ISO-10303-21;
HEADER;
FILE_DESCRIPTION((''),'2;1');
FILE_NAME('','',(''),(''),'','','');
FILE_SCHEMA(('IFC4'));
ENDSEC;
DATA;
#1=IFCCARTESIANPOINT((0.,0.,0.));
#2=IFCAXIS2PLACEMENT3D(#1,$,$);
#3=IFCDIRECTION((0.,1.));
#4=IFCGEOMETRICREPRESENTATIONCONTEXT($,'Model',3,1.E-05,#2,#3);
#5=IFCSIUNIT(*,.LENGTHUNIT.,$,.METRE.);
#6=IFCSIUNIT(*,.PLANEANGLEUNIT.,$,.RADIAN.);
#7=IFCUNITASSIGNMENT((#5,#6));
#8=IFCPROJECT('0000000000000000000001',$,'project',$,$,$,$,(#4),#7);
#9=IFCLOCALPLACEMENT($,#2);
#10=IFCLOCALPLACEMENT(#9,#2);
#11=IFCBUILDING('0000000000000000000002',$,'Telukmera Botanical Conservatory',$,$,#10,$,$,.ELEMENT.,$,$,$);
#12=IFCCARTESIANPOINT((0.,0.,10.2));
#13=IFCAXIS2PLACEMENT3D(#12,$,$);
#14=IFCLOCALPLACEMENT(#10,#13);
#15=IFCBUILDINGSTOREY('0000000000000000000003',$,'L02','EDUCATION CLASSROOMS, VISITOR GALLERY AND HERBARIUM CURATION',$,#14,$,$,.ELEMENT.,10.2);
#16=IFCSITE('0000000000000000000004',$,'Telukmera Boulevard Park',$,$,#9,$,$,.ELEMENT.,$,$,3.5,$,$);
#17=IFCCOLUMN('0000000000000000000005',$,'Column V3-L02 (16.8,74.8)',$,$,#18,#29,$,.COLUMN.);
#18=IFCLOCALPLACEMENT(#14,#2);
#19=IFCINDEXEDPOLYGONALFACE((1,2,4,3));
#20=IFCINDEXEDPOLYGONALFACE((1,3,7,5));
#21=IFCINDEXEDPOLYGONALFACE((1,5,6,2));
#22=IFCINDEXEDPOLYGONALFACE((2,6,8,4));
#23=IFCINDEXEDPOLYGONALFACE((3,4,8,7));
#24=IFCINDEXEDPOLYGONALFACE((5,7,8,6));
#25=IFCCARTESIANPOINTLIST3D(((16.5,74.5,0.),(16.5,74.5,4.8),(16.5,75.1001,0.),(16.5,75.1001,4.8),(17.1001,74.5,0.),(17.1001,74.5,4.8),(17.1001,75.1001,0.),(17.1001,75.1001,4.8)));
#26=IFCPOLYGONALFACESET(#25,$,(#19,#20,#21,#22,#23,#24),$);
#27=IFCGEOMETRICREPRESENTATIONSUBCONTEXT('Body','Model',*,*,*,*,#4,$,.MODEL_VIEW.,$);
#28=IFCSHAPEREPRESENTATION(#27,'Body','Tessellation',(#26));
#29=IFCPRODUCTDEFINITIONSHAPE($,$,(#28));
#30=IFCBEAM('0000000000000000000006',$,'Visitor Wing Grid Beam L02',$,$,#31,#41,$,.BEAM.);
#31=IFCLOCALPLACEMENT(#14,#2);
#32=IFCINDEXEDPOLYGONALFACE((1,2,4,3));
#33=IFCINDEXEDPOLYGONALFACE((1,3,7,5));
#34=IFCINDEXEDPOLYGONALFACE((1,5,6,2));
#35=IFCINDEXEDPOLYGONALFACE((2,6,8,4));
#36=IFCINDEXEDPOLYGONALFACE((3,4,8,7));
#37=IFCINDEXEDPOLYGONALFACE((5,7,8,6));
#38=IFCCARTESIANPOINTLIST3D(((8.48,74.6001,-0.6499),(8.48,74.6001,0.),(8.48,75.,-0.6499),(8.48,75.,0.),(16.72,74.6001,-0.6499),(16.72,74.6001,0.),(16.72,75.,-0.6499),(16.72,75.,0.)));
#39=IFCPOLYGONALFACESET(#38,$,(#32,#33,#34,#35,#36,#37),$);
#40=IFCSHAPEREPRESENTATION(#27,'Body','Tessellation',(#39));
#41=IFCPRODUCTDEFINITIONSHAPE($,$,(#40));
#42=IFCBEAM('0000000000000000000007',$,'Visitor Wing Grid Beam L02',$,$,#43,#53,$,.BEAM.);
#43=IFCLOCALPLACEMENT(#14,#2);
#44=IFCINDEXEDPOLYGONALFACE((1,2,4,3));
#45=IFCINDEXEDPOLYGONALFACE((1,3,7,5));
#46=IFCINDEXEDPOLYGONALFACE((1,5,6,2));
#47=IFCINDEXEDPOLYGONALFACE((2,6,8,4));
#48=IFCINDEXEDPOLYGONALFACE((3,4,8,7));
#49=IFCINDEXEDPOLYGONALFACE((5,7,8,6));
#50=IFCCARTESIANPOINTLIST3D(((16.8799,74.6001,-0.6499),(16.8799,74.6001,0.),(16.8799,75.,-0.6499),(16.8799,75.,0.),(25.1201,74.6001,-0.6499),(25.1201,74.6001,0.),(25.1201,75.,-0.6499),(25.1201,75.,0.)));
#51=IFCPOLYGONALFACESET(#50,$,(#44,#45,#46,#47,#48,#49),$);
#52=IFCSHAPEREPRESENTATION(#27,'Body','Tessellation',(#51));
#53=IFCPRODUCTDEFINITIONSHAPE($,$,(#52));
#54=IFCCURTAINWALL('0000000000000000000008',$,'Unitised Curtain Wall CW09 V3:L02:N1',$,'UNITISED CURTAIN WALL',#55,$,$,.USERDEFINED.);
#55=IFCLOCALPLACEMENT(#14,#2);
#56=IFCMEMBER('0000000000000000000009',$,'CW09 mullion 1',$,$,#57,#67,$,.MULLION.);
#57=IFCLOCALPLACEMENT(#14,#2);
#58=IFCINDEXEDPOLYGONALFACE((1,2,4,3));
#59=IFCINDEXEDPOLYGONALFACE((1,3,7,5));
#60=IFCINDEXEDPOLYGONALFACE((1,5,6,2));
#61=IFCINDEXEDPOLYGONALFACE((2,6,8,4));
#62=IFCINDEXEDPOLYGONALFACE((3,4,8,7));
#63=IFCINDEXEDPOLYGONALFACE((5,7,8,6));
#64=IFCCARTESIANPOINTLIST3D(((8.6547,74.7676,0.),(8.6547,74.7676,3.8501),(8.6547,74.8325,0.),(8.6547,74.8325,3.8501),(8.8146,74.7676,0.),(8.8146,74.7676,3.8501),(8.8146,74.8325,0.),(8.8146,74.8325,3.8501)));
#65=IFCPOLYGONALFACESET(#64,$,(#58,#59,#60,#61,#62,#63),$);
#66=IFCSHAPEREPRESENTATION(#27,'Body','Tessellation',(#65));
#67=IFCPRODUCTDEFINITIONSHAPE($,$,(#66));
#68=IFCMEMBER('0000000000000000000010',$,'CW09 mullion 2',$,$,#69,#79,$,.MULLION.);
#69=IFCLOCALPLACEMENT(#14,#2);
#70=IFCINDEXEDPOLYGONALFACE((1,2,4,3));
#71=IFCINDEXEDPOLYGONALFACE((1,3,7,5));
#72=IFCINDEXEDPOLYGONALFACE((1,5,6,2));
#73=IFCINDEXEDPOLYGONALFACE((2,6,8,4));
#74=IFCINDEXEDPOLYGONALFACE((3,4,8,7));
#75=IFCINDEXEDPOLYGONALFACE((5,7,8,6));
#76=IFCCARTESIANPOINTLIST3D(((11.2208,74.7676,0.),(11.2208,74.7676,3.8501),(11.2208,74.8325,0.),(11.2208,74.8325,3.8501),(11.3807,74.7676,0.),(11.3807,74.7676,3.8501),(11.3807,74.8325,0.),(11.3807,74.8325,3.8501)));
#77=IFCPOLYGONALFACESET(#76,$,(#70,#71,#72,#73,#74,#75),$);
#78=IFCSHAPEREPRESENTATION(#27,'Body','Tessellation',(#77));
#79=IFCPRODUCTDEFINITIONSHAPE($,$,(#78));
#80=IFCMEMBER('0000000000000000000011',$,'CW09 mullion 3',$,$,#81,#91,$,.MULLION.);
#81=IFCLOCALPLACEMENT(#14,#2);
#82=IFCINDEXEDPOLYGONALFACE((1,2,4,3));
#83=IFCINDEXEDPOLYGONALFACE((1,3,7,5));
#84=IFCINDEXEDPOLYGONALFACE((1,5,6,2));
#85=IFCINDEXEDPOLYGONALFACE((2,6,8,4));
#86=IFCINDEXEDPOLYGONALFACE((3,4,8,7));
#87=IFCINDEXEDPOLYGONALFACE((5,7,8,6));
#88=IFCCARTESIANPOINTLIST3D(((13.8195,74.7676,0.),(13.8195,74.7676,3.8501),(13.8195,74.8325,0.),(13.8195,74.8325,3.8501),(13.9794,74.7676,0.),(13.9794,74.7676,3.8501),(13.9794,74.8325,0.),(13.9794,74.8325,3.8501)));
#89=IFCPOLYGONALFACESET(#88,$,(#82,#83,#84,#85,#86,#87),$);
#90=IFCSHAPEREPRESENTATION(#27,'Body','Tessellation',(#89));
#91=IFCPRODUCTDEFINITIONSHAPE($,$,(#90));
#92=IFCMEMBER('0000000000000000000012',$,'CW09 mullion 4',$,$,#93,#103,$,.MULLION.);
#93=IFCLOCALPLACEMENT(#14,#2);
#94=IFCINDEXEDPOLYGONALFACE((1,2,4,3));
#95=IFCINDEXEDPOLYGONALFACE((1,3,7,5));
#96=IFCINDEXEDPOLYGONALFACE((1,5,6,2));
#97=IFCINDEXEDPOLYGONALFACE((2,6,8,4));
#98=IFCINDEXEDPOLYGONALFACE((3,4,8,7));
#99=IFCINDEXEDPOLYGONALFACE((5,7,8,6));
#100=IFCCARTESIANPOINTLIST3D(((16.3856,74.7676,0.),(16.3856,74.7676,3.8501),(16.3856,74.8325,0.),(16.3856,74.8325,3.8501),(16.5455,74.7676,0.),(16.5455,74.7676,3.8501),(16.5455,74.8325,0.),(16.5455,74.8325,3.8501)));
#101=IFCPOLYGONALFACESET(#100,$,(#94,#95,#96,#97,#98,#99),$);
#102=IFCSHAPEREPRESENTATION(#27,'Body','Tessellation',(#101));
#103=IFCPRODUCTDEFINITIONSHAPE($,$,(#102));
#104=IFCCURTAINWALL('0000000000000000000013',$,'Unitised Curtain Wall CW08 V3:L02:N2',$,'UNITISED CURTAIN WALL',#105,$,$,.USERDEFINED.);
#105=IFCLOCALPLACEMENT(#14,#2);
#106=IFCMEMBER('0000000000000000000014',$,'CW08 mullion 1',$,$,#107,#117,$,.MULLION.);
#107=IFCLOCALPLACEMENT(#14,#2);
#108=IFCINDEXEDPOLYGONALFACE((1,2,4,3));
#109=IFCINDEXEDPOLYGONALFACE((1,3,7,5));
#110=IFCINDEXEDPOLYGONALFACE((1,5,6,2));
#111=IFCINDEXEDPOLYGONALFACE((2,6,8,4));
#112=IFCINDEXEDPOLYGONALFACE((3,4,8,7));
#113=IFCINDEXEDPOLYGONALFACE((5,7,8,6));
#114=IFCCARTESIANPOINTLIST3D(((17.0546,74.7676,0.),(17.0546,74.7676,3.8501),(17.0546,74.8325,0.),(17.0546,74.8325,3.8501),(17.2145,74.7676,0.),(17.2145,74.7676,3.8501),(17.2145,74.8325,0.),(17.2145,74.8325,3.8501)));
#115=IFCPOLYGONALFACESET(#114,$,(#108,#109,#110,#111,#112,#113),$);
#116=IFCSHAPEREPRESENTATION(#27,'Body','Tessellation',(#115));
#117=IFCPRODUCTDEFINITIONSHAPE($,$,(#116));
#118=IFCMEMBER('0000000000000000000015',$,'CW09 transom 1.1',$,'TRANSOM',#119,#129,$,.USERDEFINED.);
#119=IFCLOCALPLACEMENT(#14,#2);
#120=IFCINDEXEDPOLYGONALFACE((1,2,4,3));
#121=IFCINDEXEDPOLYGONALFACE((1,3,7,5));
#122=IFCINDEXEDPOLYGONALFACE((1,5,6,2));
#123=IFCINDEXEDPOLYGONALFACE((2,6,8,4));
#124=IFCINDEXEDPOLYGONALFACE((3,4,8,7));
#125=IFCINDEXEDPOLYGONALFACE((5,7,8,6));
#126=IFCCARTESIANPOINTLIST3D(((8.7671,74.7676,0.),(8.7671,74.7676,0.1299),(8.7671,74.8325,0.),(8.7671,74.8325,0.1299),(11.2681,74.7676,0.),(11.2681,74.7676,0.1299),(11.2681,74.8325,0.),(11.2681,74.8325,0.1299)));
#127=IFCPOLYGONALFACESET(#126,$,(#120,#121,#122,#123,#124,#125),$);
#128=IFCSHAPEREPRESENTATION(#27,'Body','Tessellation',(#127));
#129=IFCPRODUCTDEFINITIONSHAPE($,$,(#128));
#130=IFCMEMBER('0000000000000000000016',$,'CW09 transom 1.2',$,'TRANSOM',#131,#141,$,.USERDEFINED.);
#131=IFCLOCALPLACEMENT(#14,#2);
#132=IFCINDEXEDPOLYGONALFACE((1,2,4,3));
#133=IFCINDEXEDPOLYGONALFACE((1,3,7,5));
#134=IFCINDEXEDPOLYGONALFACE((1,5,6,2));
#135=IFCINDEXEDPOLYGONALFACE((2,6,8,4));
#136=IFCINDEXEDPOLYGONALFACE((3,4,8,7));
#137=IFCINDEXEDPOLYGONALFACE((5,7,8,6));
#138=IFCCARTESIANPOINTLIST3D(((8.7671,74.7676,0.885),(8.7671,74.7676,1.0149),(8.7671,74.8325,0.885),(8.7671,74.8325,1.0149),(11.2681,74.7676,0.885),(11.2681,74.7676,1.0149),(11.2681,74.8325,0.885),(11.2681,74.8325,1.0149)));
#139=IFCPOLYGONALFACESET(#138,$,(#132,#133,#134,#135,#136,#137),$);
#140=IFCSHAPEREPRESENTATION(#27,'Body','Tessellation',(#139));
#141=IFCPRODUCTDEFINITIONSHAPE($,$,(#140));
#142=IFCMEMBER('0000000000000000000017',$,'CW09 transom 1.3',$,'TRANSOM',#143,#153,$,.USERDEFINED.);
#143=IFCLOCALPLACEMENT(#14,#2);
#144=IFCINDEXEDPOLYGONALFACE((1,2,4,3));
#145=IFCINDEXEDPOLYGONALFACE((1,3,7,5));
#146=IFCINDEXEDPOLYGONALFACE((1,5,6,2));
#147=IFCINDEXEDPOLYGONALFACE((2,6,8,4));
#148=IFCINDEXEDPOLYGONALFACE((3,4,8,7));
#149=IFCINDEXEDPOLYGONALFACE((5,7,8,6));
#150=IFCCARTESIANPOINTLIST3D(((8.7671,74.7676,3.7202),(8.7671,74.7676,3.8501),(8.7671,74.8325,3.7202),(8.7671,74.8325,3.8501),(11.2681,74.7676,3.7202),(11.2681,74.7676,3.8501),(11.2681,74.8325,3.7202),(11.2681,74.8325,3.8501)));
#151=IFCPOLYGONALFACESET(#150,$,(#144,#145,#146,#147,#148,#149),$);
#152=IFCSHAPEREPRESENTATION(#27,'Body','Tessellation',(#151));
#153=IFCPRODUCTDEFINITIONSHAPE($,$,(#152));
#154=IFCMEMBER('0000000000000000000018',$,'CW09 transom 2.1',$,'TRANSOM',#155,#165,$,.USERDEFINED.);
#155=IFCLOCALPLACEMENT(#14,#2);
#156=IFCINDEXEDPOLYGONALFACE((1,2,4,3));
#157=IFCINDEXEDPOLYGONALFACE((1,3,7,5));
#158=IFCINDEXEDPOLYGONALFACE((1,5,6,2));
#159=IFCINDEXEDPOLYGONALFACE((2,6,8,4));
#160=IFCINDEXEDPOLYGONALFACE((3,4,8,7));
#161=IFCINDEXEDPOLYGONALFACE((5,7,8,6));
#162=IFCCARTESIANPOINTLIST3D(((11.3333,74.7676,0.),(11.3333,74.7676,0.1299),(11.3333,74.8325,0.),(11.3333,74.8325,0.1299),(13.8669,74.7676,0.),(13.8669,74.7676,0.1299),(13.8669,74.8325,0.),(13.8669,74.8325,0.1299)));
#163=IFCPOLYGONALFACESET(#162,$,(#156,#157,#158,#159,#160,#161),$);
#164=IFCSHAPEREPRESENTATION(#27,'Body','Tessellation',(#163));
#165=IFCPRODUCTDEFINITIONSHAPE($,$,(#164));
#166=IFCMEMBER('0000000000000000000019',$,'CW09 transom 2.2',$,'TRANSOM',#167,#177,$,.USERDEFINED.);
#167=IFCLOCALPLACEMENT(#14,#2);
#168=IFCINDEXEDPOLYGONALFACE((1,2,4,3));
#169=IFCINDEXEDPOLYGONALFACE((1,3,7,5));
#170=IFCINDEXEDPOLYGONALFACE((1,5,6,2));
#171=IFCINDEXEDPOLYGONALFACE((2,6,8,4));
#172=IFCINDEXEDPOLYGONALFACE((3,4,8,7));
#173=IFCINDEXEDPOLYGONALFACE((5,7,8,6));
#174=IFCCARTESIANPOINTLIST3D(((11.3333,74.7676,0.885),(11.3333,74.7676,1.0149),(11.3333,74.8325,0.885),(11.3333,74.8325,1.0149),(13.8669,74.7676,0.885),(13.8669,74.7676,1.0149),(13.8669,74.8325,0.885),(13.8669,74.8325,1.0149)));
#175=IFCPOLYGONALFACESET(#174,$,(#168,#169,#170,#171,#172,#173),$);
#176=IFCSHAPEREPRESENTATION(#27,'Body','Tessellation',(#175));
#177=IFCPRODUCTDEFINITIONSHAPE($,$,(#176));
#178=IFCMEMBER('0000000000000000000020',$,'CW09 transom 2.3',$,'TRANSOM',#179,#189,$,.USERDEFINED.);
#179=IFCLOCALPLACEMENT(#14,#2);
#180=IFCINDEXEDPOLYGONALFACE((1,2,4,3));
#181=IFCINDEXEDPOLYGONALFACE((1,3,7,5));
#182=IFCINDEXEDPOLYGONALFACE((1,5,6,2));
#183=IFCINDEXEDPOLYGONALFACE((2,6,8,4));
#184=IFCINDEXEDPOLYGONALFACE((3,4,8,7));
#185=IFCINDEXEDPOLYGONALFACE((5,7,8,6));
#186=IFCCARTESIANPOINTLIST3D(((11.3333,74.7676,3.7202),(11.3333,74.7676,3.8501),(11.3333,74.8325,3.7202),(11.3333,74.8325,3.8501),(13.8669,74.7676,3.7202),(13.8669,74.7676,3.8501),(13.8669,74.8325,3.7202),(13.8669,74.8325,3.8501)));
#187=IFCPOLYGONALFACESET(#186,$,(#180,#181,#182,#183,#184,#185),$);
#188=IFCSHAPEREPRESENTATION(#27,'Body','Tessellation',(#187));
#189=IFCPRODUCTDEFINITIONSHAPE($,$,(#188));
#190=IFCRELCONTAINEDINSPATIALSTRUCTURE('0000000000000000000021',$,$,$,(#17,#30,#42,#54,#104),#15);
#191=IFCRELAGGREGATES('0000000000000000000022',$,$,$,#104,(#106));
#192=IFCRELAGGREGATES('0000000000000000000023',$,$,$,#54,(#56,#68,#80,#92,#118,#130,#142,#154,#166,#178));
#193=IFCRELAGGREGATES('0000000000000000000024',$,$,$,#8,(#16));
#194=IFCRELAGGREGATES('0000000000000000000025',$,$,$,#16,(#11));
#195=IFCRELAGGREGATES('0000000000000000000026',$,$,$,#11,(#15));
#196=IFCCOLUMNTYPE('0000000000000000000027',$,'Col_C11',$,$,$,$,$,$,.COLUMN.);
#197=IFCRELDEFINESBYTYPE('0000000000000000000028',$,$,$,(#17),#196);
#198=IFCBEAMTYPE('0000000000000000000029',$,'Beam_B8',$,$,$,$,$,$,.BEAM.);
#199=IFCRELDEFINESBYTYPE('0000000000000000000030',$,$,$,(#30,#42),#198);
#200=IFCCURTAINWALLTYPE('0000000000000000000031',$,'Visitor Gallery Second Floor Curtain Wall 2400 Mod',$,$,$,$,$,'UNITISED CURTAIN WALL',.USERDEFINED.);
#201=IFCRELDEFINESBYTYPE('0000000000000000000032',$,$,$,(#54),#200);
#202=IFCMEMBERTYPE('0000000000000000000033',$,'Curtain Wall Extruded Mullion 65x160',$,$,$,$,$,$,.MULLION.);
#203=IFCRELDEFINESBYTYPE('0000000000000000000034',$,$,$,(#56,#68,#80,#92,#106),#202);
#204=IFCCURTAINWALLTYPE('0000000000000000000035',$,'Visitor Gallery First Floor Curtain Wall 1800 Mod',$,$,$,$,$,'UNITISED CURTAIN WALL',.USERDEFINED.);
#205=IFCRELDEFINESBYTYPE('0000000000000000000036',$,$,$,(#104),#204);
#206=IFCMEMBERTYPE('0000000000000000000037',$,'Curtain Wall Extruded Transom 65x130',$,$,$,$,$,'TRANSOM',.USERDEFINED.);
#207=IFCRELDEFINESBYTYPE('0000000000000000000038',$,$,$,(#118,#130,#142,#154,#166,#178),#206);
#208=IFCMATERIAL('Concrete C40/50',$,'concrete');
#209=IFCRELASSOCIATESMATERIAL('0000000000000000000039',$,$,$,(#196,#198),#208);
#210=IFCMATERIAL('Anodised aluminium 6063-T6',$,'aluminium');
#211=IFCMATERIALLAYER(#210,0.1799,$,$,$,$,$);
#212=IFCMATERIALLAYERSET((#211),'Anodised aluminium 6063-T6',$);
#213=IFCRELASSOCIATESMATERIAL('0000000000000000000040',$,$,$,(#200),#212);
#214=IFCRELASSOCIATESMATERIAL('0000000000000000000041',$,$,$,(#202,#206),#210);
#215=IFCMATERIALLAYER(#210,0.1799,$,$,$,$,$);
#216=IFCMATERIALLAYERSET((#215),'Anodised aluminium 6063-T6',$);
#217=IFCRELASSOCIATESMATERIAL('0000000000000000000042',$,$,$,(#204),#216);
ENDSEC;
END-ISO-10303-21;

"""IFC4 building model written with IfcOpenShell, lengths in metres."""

from ifc_helpers import new_model, si_unit, direction, frame, origin, origin_2d, place, context, subcontext, project, spatial, rectangle, extrude, material, layer, layer_set, material_profile, profile_set, type_object, element, aggregate, save


model = new_model("IFC4")

# Units and contexts
model_context = context("Model", 3, precision=1e-05, world=origin(), true_north=direction((0.0, 1.0)))
body_context = subcontext(model_context, "Body", "Model", "MODEL_VIEW")
ifc_project = project(units=[si_unit("LENGTHUNIT", "METRE"), si_unit("PLANEANGLEUNIT", "RADIAN")], contexts=[model_context])

# Site, building, storey
site_placement = place(None, origin())
site = spatial("IfcSite", under=ifc_project, at=site_placement, Name="Telukmera Boulevard Park", CompositionType="ELEMENT", RefElevation=3.5)
building_placement = place(site_placement, origin())
building = spatial("IfcBuilding", under=site, at=building_placement, Name="Telukmera Botanical Conservatory", CompositionType="ELEMENT")
storey_placement = place(building_placement, frame((0.0, 0.0, 10.2)))
storey = spatial("IfcBuildingStorey", under=building, at=storey_placement, Name="L02", Description="EDUCATION CLASSROOMS, VISITOR GALLERY AND HERBARIUM CURATION", CompositionType="ELEMENT", Elevation=10.2)

# Column
ifc_material_1 = material(Name="Concrete C40/50", Category="concrete")
ifc_material_profile_1 = material_profile(ifc_material_1, rectangle(XDim=0.6001, YDim=0.6001, at=origin_2d()), Name="RC 600x600")
ifc_profile_set_1 = profile_set([ifc_material_profile_1], Name="Concrete C40/50")
column_type = type_object("IfcColumnType", Name="Col_C11", PredefinedType="COLUMN", material=ifc_profile_set_1)
column_placement = place(storey_placement, frame((16.8, 74.8, 0.0), z_axis=(0.0, 0.0, 1.0), x_axis=(1.0, 0.0, 0.0)))
element("IfcColumn", 1, at=column_placement, inside=storey, type_object=column_type, Name="Column V3-L02 (16.8,74.8)", PredefinedType="COLUMN", context=body_context, shape_type="SweptSolid", body=[
    extrude(rectangle(XDim=0.6001, YDim=0.6001, at=origin_2d()), origin(), (0.0, 0.0, 1.0), 4.8),
])

# Beams
ifc_material_profile_2 = material_profile(ifc_material_1, rectangle(XDim=0.3999, YDim=0.6499, at=origin_2d()), Name="RC 400x650")
ifc_profile_set_2 = profile_set([ifc_material_profile_2], Name="Concrete C40/50")
beam_type = type_object("IfcBeamType", Name="Beam_B8", PredefinedType="BEAM", material=ifc_profile_set_2)
beam_1_placement = place(storey_placement, frame((8.48, 74.8, -0.325), z_axis=(1.0, 0.0, 0.0), x_axis=(0.0, 1.0, 0.0)))
element("IfcBeam", 2, at=beam_1_placement, inside=storey, type_object=beam_type, Name="Visitor Wing Grid Beam L02", PredefinedType="BEAM", context=body_context, shape_type="SweptSolid", body=[
    extrude(rectangle(XDim=0.3999, YDim=0.6499, at=origin_2d()), origin(), (0.0, 0.0, 1.0), 8.24),
])
beam_2_placement = place(storey_placement, frame((16.8799, 74.8, -0.325), z_axis=(1.0, 0.0, 0.0), x_axis=(0.0, 1.0, 0.0)))
element("IfcBeam", 3, at=beam_2_placement, inside=storey, type_object=beam_type, Name="Visitor Wing Grid Beam L02", PredefinedType="BEAM", context=body_context, shape_type="SweptSolid", body=[
    extrude(rectangle(XDim=0.3999, YDim=0.6499, at=origin_2d()), origin(), (0.0, 0.0, 1.0), 8.2402),
])

# Curtain wall, members
ifc_material_2 = material(Name="Anodised aluminium 6063-T6", Category="aluminium")
ifc_layer_1 = layer(ifc_material_2, 0.1799)
ifc_layer_set_1 = layer_set([ifc_layer_1], Name="Anodised aluminium 6063-T6")
curtain_wall_type_1 = type_object("IfcCurtainWallType", Name="Visitor Gallery Second Floor Curtain Wall 2400 Mod", ElementType="UNITISED CURTAIN WALL", PredefinedType="USERDEFINED", material=ifc_layer_set_1)
curtain_wall_1_placement = place(storey_placement, origin())
curtain_wall_1 = element("IfcCurtainWall", 4, at=curtain_wall_1_placement, inside=storey, type_object=curtain_wall_type_1, Name="Unitised Curtain Wall CW09 V3:L02:N1", ObjectType="UNITISED CURTAIN WALL", PredefinedType="USERDEFINED")
ifc_material_profile_3 = material_profile(ifc_material_2, rectangle(XDim=0.0649, YDim=0.1599, at=origin_2d()), Name="ALU MULL 65x160")
ifc_profile_set_3 = profile_set([ifc_material_profile_3], Name="Anodised aluminium 6063-T6")
member_type_1 = type_object("IfcMemberType", Name="Curtain Wall Extruded Mullion 65x160", PredefinedType="MULLION", material=ifc_profile_set_3)
member_1_placement = place(storey_placement, frame((8.7346, 74.8, 0.0), z_axis=(0.0, 0.0, 1.0), x_axis=(0.0, 1.0, 0.0)))
member_1 = element("IfcMember", 5, at=member_1_placement, type_object=member_type_1, Name="CW09 mullion 1", PredefinedType="MULLION", context=body_context, shape_type="SweptSolid", body=[
    extrude(rectangle(XDim=0.0649, YDim=0.1599, at=origin_2d()), origin(), (0.0, 0.0, 1.0), 3.8501),
])
member_2_placement = place(storey_placement, frame((11.3008, 74.8, 0.0), z_axis=(0.0, 0.0, 1.0), x_axis=(0.0, 1.0, 0.0)))
member_2 = element("IfcMember", 6, at=member_2_placement, type_object=member_type_1, Name="CW09 mullion 2", PredefinedType="MULLION", context=body_context, shape_type="SweptSolid", body=[
    extrude(rectangle(XDim=0.0649, YDim=0.1599, at=origin_2d()), origin(), (0.0, 0.0, 1.0), 3.8501),
])
member_3_placement = place(storey_placement, frame((13.8994, 74.8, 0.0), z_axis=(0.0, 0.0, 1.0), x_axis=(0.0, 1.0, 0.0)))
member_3 = element("IfcMember", 7, at=member_3_placement, type_object=member_type_1, Name="CW09 mullion 3", PredefinedType="MULLION", context=body_context, shape_type="SweptSolid", body=[
    extrude(rectangle(XDim=0.0649, YDim=0.1599, at=origin_2d()), origin(), (0.0, 0.0, 1.0), 3.8501),
])
member_4_placement = place(storey_placement, frame((16.4656, 74.8, 0.0), z_axis=(0.0, 0.0, 1.0), x_axis=(0.0, 1.0, 0.0)))
member_4 = element("IfcMember", 8, at=member_4_placement, type_object=member_type_1, Name="CW09 mullion 4", PredefinedType="MULLION", context=body_context, shape_type="SweptSolid", body=[
    extrude(rectangle(XDim=0.0649, YDim=0.1599, at=origin_2d()), origin(), (0.0, 0.0, 1.0), 3.8501),
])

# Curtain wall, member
ifc_layer_2 = layer(ifc_material_2, 0.1799)
ifc_layer_set_2 = layer_set([ifc_layer_2], Name="Anodised aluminium 6063-T6")
curtain_wall_type_2 = type_object("IfcCurtainWallType", Name="Visitor Gallery First Floor Curtain Wall 1800 Mod", ElementType="UNITISED CURTAIN WALL", PredefinedType="USERDEFINED", material=ifc_layer_set_2)
curtain_wall_2_placement = place(storey_placement, origin())
curtain_wall_2 = element("IfcCurtainWall", 9, at=curtain_wall_2_placement, inside=storey, type_object=curtain_wall_type_2, Name="Unitised Curtain Wall CW08 V3:L02:N2", ObjectType="UNITISED CURTAIN WALL", PredefinedType="USERDEFINED")
member_5_placement = place(storey_placement, frame((17.1345, 74.8, 0.0), z_axis=(0.0, 0.0, 1.0), x_axis=(0.0, 1.0, 0.0)))
member_5 = element("IfcMember", 10, at=member_5_placement, type_object=member_type_1, Name="CW08 mullion 1", PredefinedType="MULLION", context=body_context, shape_type="SweptSolid", body=[
    extrude(rectangle(XDim=0.0649, YDim=0.1599, at=origin_2d()), origin(), (0.0, 0.0, 1.0), 3.8501),
])

# Members
ifc_material_profile_4 = material_profile(ifc_material_2, rectangle(XDim=0.0649, YDim=0.1299, at=origin_2d()), Name="ALU TRAN 65x130")
ifc_profile_set_4 = profile_set([ifc_material_profile_4], Name="Anodised aluminium 6063-T6")
member_type_2 = type_object("IfcMemberType", Name="Curtain Wall Extruded Transom 65x130", ElementType="TRANSOM", PredefinedType="USERDEFINED", material=ifc_profile_set_4)
member_6_placement = place(storey_placement, frame((8.7671, 74.8, 0.0649), z_axis=(1.0, 0.0, 0.0), x_axis=(0.0, 1.0, 0.0)))
member_6 = element("IfcMember", 11, at=member_6_placement, type_object=member_type_2, Name="CW09 transom 1.1", ObjectType="TRANSOM", PredefinedType="USERDEFINED", context=body_context, shape_type="SweptSolid", body=[
    extrude(rectangle(XDim=0.0649, YDim=0.1299, at=origin_2d()), origin(), (0.0, 0.0, 1.0), 2.501),
])
member_7_placement = place(storey_placement, frame((8.7671, 74.8, 0.95), z_axis=(1.0, 0.0, 0.0), x_axis=(0.0, 1.0, 0.0)))
member_7 = element("IfcMember", 12, at=member_7_placement, type_object=member_type_2, Name="CW09 transom 1.2", ObjectType="TRANSOM", PredefinedType="USERDEFINED", context=body_context, shape_type="SweptSolid", body=[
    extrude(rectangle(XDim=0.0649, YDim=0.1299, at=origin_2d()), origin(), (0.0, 0.0, 1.0), 2.501),
])
member_8_placement = place(storey_placement, frame((8.7671, 74.8, 3.7852), z_axis=(1.0, 0.0, 0.0), x_axis=(0.0, 1.0, 0.0)))
member_8 = element("IfcMember", 13, at=member_8_placement, type_object=member_type_2, Name="CW09 transom 1.3", ObjectType="TRANSOM", PredefinedType="USERDEFINED", context=body_context, shape_type="SweptSolid", body=[
    extrude(rectangle(XDim=0.0649, YDim=0.1299, at=origin_2d()), origin(), (0.0, 0.0, 1.0), 2.501),
])
member_9_placement = place(storey_placement, frame((11.3333, 74.8, 0.0649), z_axis=(1.0, 0.0, 0.0), x_axis=(0.0, 1.0, 0.0)))
member_9 = element("IfcMember", 14, at=member_9_placement, type_object=member_type_2, Name="CW09 transom 2.1", ObjectType="TRANSOM", PredefinedType="USERDEFINED", context=body_context, shape_type="SweptSolid", body=[
    extrude(rectangle(XDim=0.0649, YDim=0.1299, at=origin_2d()), origin(), (0.0, 0.0, 1.0), 2.5337),
])
member_10_placement = place(storey_placement, frame((11.3333, 74.8, 0.95), z_axis=(1.0, 0.0, 0.0), x_axis=(0.0, 1.0, 0.0)))
member_10 = element("IfcMember", 15, at=member_10_placement, type_object=member_type_2, Name="CW09 transom 2.2", ObjectType="TRANSOM", PredefinedType="USERDEFINED", context=body_context, shape_type="SweptSolid", body=[
    extrude(rectangle(XDim=0.0649, YDim=0.1299, at=origin_2d()), origin(), (0.0, 0.0, 1.0), 2.5337),
])
member_11_placement = place(storey_placement, frame((11.3333, 74.8, 3.7852), z_axis=(1.0, 0.0, 0.0), x_axis=(0.0, 1.0, 0.0)))
member_11 = element("IfcMember", 16, at=member_11_placement, type_object=member_type_2, Name="CW09 transom 2.3", ObjectType="TRANSOM", PredefinedType="USERDEFINED", context=body_context, shape_type="SweptSolid", body=[
    extrude(rectangle(XDim=0.0649, YDim=0.1299, at=origin_2d()), origin(), (0.0, 0.0, 1.0), 2.5337),
])
aggregate(curtain_wall_2, [member_5])

aggregate(curtain_wall_1, [member_1, member_2, member_3, member_4, member_6, member_7, member_8, member_9, member_10, member_11])

save(model, "model.ifc")
